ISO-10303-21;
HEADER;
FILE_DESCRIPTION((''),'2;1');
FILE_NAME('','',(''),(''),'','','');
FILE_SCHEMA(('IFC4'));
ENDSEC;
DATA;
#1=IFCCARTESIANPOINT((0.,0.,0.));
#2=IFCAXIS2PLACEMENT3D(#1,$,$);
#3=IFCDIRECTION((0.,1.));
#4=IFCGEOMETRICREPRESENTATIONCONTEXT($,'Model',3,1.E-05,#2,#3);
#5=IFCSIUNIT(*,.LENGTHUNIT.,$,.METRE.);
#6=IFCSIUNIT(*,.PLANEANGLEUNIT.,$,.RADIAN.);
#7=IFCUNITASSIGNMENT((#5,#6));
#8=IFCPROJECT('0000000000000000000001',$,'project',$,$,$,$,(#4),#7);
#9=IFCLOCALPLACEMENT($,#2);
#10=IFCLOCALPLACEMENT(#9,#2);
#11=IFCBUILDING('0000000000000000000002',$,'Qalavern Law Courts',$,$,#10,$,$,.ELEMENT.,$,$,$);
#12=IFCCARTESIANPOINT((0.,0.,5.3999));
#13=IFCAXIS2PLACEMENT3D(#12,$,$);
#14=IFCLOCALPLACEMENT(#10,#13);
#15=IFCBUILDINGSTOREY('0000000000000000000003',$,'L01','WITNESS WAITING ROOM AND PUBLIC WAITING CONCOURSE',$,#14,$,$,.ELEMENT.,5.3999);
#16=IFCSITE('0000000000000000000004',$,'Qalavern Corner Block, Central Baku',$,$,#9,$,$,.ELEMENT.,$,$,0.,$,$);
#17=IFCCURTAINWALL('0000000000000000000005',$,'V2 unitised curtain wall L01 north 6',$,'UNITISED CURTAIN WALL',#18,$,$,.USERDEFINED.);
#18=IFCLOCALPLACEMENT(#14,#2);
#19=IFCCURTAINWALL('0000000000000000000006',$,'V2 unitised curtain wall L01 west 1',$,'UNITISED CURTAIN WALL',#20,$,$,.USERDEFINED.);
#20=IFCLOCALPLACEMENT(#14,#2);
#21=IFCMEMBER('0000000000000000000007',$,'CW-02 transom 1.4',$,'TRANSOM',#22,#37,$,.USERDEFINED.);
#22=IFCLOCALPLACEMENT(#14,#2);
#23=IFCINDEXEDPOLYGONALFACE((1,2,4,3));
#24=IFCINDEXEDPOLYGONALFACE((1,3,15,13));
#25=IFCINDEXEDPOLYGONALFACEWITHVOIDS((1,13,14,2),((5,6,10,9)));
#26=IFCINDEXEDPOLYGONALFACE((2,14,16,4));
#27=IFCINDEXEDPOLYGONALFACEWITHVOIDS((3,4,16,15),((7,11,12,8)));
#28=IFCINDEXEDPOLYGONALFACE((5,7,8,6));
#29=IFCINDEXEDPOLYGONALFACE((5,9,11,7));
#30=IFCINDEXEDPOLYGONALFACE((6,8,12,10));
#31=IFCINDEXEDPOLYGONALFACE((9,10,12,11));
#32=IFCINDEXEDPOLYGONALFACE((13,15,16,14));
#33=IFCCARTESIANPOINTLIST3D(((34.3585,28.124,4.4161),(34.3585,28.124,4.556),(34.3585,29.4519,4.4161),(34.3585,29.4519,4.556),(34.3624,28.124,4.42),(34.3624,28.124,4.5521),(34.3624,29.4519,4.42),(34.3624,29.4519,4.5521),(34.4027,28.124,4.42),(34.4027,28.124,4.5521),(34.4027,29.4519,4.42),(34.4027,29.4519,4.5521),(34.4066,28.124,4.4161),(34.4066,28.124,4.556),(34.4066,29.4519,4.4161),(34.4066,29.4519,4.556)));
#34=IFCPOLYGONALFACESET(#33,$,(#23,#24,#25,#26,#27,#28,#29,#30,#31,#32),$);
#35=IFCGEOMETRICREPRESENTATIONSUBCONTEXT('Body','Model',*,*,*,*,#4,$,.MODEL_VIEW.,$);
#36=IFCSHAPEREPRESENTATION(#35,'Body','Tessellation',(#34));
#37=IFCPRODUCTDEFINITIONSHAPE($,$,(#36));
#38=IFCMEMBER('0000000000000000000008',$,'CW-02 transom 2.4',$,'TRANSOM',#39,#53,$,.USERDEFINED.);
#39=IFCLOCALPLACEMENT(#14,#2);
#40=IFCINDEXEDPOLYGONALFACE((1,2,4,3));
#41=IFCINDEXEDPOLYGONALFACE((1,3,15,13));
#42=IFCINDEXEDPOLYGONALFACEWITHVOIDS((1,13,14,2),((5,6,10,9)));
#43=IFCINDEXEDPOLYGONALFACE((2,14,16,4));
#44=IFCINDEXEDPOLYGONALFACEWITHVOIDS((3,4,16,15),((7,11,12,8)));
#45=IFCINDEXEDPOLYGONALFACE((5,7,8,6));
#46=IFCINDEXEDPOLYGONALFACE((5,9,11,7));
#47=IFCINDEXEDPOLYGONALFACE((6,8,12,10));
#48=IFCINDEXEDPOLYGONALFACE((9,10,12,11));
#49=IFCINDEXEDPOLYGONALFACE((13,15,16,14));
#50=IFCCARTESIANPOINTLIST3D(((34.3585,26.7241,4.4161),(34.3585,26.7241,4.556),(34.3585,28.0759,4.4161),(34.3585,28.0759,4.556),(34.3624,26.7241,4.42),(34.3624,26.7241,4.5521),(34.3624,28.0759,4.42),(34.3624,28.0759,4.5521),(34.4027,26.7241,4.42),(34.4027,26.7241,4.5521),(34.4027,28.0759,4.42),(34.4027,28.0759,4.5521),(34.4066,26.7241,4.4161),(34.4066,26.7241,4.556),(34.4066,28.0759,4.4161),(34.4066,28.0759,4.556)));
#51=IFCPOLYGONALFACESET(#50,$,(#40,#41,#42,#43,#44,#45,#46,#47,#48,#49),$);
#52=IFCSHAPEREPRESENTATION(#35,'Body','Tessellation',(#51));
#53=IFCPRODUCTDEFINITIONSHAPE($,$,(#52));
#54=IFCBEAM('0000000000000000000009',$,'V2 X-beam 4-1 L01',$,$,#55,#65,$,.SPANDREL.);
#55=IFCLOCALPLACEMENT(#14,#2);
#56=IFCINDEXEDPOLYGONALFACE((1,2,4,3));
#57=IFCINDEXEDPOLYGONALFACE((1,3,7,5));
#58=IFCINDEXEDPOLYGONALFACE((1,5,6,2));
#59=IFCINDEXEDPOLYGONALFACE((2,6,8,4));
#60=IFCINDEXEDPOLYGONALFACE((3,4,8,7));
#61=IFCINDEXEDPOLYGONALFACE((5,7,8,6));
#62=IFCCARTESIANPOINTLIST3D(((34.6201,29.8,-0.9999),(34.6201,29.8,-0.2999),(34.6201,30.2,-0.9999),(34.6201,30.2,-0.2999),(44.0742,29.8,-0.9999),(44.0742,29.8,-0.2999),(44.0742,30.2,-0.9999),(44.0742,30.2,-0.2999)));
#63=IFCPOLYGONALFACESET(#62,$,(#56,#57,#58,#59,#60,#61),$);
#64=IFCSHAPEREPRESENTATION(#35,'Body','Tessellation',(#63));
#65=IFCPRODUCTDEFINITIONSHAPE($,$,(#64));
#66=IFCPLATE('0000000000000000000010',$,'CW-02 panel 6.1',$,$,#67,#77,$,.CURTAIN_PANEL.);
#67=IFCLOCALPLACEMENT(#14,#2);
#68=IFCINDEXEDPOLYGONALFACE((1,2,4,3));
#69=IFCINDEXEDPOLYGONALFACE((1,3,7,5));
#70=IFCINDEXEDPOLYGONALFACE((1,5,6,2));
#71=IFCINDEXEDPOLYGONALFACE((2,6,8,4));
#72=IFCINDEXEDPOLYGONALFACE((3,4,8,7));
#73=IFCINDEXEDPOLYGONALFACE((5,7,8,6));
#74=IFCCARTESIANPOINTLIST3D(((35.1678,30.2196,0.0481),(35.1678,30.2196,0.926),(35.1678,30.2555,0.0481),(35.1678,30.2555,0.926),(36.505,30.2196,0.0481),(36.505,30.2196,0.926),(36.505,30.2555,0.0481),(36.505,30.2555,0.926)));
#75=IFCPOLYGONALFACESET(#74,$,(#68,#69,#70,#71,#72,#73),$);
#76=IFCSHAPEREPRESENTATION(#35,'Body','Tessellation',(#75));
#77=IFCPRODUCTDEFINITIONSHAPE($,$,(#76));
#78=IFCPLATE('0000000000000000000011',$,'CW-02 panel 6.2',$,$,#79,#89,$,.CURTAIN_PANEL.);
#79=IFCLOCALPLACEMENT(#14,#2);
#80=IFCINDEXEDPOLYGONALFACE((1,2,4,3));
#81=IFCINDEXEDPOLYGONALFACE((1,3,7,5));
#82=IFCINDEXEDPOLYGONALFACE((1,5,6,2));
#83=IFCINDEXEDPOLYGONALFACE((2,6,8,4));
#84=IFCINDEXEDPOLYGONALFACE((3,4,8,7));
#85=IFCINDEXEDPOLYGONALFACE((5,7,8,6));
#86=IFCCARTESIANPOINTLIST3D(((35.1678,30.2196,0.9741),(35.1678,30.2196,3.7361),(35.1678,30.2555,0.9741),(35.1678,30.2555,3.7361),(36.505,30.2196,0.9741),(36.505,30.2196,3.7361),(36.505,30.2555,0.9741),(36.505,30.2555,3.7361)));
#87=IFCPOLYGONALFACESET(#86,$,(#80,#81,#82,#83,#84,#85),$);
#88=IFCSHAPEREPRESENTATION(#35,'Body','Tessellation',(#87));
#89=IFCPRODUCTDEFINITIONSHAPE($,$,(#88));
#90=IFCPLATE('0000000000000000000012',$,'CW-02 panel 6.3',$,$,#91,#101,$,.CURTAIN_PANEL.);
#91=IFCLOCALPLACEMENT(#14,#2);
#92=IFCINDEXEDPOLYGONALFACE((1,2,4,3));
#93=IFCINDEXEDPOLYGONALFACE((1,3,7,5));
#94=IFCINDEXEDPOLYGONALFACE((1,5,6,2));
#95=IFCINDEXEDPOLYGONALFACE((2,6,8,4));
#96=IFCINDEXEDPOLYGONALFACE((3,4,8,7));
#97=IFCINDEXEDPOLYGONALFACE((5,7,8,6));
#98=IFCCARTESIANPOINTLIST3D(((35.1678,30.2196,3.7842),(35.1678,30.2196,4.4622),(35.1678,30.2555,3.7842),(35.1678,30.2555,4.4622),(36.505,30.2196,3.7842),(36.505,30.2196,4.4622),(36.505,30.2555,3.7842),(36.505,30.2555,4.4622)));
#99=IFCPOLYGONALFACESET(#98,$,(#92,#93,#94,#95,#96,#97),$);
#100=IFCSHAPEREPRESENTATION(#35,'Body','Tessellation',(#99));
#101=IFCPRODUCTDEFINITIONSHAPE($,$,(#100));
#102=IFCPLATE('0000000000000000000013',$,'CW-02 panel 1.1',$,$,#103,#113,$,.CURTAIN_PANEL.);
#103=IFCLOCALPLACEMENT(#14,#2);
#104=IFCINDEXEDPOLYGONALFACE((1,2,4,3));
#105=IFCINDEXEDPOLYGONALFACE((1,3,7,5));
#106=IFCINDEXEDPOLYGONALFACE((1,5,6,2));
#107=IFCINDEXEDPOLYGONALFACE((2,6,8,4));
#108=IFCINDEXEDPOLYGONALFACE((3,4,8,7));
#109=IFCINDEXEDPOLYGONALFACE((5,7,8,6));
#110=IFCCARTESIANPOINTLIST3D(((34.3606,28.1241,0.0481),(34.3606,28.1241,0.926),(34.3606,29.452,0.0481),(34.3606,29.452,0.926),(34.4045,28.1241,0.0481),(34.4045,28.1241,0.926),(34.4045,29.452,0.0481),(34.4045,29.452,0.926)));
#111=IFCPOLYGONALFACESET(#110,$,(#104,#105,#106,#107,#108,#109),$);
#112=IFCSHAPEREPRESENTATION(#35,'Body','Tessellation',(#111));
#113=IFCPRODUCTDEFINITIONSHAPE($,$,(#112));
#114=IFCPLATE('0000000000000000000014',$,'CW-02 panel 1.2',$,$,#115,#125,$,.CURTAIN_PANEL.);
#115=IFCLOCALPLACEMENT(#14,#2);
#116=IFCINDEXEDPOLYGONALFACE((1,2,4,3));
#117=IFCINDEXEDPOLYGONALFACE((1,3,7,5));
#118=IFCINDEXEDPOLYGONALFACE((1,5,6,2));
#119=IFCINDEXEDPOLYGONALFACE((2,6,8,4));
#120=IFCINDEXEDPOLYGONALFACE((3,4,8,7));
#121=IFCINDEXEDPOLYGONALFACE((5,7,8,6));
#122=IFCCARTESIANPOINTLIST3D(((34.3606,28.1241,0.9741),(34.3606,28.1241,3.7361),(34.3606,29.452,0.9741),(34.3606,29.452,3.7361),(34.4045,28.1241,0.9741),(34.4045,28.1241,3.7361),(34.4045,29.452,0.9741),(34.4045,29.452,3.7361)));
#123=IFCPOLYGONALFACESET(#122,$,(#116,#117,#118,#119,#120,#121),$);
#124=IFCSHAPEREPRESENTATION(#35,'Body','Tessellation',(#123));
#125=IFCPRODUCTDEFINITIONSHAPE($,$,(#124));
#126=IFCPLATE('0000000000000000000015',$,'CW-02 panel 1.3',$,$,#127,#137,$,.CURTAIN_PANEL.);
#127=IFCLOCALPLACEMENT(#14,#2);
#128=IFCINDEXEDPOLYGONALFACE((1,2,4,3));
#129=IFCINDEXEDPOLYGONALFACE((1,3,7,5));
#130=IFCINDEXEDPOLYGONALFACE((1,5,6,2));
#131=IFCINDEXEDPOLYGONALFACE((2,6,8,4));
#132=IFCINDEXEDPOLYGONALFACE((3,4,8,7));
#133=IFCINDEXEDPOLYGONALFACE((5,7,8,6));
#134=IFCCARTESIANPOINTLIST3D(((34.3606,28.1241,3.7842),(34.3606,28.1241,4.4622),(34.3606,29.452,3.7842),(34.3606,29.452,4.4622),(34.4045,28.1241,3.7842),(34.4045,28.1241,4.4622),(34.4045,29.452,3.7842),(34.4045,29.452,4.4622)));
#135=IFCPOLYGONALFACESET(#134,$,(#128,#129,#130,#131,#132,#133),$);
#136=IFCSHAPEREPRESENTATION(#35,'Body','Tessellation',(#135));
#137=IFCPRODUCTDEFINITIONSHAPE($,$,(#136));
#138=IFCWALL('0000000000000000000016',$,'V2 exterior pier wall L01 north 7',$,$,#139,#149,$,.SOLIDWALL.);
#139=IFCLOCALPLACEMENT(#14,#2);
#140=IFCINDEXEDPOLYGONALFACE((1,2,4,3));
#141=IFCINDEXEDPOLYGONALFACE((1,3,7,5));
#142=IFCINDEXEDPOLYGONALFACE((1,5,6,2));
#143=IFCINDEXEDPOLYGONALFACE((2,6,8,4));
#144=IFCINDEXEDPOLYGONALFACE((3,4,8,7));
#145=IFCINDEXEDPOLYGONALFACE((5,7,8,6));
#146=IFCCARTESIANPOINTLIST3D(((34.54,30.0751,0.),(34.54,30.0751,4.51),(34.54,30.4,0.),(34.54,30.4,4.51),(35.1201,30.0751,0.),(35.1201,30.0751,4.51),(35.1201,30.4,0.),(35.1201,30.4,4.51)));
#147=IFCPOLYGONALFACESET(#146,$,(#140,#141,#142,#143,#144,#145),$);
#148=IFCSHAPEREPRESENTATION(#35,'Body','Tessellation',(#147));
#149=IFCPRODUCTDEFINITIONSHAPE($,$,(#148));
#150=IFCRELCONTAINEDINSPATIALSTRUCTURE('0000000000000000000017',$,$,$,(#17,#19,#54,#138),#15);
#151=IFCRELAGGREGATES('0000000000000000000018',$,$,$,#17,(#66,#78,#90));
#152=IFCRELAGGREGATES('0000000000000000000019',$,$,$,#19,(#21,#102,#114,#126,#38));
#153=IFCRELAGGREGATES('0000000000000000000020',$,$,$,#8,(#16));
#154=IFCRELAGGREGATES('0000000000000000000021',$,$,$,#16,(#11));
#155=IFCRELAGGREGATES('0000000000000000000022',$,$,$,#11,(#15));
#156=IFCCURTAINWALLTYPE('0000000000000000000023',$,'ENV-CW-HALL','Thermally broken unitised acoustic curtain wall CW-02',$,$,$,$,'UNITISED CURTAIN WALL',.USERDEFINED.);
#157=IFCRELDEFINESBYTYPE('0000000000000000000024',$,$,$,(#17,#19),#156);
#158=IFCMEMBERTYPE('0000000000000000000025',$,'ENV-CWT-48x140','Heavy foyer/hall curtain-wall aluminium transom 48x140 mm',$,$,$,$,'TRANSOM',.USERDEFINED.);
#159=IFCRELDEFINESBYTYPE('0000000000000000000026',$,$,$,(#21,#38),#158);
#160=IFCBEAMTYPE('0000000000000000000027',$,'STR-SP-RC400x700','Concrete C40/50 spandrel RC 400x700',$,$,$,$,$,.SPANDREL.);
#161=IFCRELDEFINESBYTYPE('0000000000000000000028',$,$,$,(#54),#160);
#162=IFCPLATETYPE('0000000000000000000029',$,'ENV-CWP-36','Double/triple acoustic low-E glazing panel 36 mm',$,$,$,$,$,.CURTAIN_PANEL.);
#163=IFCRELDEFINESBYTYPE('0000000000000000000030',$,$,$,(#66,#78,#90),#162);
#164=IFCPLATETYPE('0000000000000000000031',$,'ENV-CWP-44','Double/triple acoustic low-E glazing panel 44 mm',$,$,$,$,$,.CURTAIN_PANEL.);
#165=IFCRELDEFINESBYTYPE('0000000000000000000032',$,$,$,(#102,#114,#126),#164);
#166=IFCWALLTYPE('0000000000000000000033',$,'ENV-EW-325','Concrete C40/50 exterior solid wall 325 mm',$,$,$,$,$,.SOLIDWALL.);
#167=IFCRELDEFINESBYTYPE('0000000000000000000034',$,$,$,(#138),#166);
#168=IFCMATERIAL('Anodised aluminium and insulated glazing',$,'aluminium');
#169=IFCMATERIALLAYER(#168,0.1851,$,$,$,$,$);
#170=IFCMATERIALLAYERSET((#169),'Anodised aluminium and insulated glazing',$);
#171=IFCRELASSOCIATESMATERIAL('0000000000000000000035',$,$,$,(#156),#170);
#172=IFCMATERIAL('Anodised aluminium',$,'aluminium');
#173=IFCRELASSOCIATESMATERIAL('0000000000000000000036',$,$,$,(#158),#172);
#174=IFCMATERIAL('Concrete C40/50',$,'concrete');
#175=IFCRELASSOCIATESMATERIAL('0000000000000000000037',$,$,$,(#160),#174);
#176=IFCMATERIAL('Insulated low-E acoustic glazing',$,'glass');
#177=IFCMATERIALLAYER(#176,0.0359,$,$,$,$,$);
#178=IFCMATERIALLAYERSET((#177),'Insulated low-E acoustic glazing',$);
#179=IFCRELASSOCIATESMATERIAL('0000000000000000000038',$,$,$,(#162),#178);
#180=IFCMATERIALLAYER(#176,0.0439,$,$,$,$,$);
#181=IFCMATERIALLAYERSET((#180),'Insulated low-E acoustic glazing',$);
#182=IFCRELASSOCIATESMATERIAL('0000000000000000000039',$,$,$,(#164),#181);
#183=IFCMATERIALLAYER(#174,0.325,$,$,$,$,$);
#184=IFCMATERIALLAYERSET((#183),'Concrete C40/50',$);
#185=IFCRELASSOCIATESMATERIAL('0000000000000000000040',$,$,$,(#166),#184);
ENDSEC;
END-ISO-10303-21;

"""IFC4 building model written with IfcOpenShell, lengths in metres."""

from ifc_helpers import new_model, si_unit, direction, frame, frame_2d, origin, origin_2d, place, context, subcontext, project, spatial, rectangle, hollow_rectangle, extrude, material, layer, layer_set, material_profile, profile_set, type_object, element, aggregate, save


model = new_model("IFC4")

# Units and contexts
model_context = context("Model", 3, precision=1e-05, world=origin(), true_north=direction((0.0, 1.0)))
body_context = subcontext(model_context, "Body", "Model", "MODEL_VIEW")
ifc_project = project(units=[si_unit("LENGTHUNIT", "METRE"), si_unit("PLANEANGLEUNIT", "RADIAN")], contexts=[model_context])

# Site, building, storey
site_placement = place(None, origin())
site = spatial("IfcSite", under=ifc_project, at=site_placement, Name="Qalavern Corner Block, Central Baku", CompositionType="ELEMENT", RefElevation=0.0)
building_placement = place(site_placement, origin())
building = spatial("IfcBuilding", under=site, at=building_placement, Name="Qalavern Law Courts", CompositionType="ELEMENT")
storey_placement = place(building_placement, frame((0.0, 0.0, 5.3999)))
storey = spatial("IfcBuildingStorey", under=building, at=storey_placement, Name="L01", Description="WITNESS WAITING ROOM AND PUBLIC WAITING CONCOURSE", CompositionType="ELEMENT", Elevation=5.3999)

# Curtain wall
ifc_material_1 = material(Name="Anodised aluminium and insulated glazing", Category="aluminium")
ifc_layer_1 = layer(ifc_material_1, 0.1851)
ifc_layer_set_1 = layer_set([ifc_layer_1], Name="Anodised aluminium and insulated glazing")
curtain_wall_type = type_object("IfcCurtainWallType", Name="ENV-CW-HALL", Description="Thermally broken unitised acoustic curtain wall CW-02", ElementType="UNITISED CURTAIN WALL", PredefinedType="USERDEFINED", material=ifc_layer_set_1)
curtain_wall_1_placement = place(storey_placement, origin())
curtain_wall_1 = element("IfcCurtainWall", 1, at=curtain_wall_1_placement, inside=storey, type_object=curtain_wall_type, Name="V2 unitised curtain wall L01 north 6", ObjectType="UNITISED CURTAIN WALL", PredefinedType="USERDEFINED")
ifc_material_2 = material(Name="Anodised aluminium", Category="aluminium")

# Curtain wall
curtain_wall_2_placement = place(storey_placement, origin())
curtain_wall_2 = element("IfcCurtainWall", 2, at=curtain_wall_2_placement, inside=storey, type_object=curtain_wall_type, Name="V2 unitised curtain wall L01 west 1", ObjectType="UNITISED CURTAIN WALL", PredefinedType="USERDEFINED")

# Members
ifc_material_profile_1 = material_profile(ifc_material_2, hollow_rectangle(XDim=0.0481, YDim=0.1399, WallThickness=0.0039, at=origin_2d()), Name="ALU TRANSOM 48x140")
ifc_profile_set_1 = profile_set([ifc_material_profile_1], Name="Anodised aluminium")
member_type_1 = type_object("IfcMemberType", Name="ENV-CWT-48x140", Description="Heavy foyer/hall curtain-wall aluminium transom 48x140 mm", ElementType="TRANSOM", PredefinedType="USERDEFINED", material=ifc_profile_set_1)
member_1_placement = place(storey_placement, frame((34.3826, 29.4519, 4.4861), z_axis=(0.0, -1.0, 0.0), x_axis=(1.0, 0.0, 0.0)))
member_1 = element("IfcMember", 3, at=member_1_placement, type_object=member_type_1, Name="CW-02 transom 1.4", ObjectType="TRANSOM", PredefinedType="USERDEFINED", context=body_context, shape_type="SweptSolid", body=[
    extrude(hollow_rectangle(XDim=0.0481, YDim=0.1399, WallThickness=0.0039, at=origin_2d()), origin(), (0.0, 0.0, 1.0), 1.3279),
])
member_2_placement = place(storey_placement, frame((34.3826, 28.0759, 4.4861), z_axis=(0.0, -1.0, 0.0), x_axis=(1.0, 0.0, 0.0)))
member_2 = element("IfcMember", 4, at=member_2_placement, type_object=member_type_1, Name="CW-02 transom 2.4", ObjectType="TRANSOM", PredefinedType="USERDEFINED", context=body_context, shape_type="SweptSolid", body=[
    extrude(hollow_rectangle(XDim=0.0481, YDim=0.1399, WallThickness=0.0039, at=origin_2d()), origin(), (0.0, 0.0, 1.0), 1.3518),
])

# Beam
ifc_material_3 = material(Name="Concrete C40/50", Category="concrete")
ifc_material_profile_2 = material_profile(ifc_material_3, rectangle(XDim=0.3999, YDim=0.7, at=origin_2d()), Name="RC 400x700")
ifc_profile_set_2 = profile_set([ifc_material_profile_2], Name="Concrete C40/50")
beam_type = type_object("IfcBeamType", Name="STR-SP-RC400x700", Description="Concrete C40/50 spandrel RC 400x700", PredefinedType="SPANDREL", material=ifc_profile_set_2)
beam_placement = place(storey_placement, frame((34.6201, 30.0, -0.6499), z_axis=(1.0, 0.0, 0.0), x_axis=(0.0, 1.0, 0.0)))
element("IfcBeam", 5, at=beam_placement, inside=storey, type_object=beam_type, Name="V2 X-beam 4-1 L01", PredefinedType="SPANDREL", context=body_context, shape_type="SweptSolid", body=[
    extrude(rectangle(XDim=0.3999, YDim=0.7, at=origin_2d()), origin(), (0.0, 0.0, 1.0), 9.4541),
])

# Plates
ifc_material_4 = material(Name="Insulated low-E acoustic glazing", Category="glass")
ifc_layer_2 = layer(ifc_material_4, 0.0359)
ifc_layer_set_2 = layer_set([ifc_layer_2], Name="Insulated low-E acoustic glazing")
plate_type_1 = type_object("IfcPlateType", Name="ENV-CWP-36", Description="Double/triple acoustic low-E glazing panel 36 mm", PredefinedType="CURTAIN_PANEL", material=ifc_layer_set_2)
plate_1_placement = place(storey_placement, frame((35.8364, 30.2375, 0.0481), z_axis=(0.0, 0.0, 1.0), x_axis=(-1.0, 0.0, 0.0)))
plate_1 = element("IfcPlate", 6, at=plate_1_placement, type_object=plate_type_1, Name="CW-02 panel 6.1", PredefinedType="CURTAIN_PANEL", context=body_context, shape_type="SweptSolid", body=[
    extrude(rectangle(XDim=1.3372, YDim=0.0359, at=origin_2d()), origin(), (0.0, 0.0, 1.0), 0.8779),
])
plate_2_placement = place(storey_placement, frame((35.8364, 30.2375, 0.9741), z_axis=(0.0, 0.0, 1.0), x_axis=(-1.0, 0.0, 0.0)))
plate_2 = element("IfcPlate", 7, at=plate_2_placement, type_object=plate_type_1, Name="CW-02 panel 6.2", PredefinedType="CURTAIN_PANEL", context=body_context, shape_type="SweptSolid", body=[
    extrude(rectangle(XDim=1.3372, YDim=0.0359, at=origin_2d()), origin(), (0.0, 0.0, 1.0), 2.762),
])
plate_3_placement = place(storey_placement, frame((35.8364, 30.2375, 3.7842), z_axis=(0.0, 0.0, 1.0), x_axis=(-1.0, 0.0, 0.0)))
plate_3 = element("IfcPlate", 8, at=plate_3_placement, type_object=plate_type_1, Name="CW-02 panel 6.3", PredefinedType="CURTAIN_PANEL", context=body_context, shape_type="SweptSolid", body=[
    extrude(rectangle(XDim=1.3372, YDim=0.0359, at=origin_2d()), origin(), (0.0, 0.0, 1.0), 0.678),
])
aggregate(curtain_wall_1, [plate_1, plate_2, plate_3])
ifc_layer_3 = layer(ifc_material_4, 0.0439)
ifc_layer_set_3 = layer_set([ifc_layer_3], Name="Insulated low-E acoustic glazing")
plate_type_2 = type_object("IfcPlateType", Name="ENV-CWP-44", Description="Double/triple acoustic low-E glazing panel 44 mm", PredefinedType="CURTAIN_PANEL", material=ifc_layer_set_3)
plate_4_placement = place(storey_placement, frame((34.3826, 28.7881, 0.0481), z_axis=(0.0, 0.0, 1.0), x_axis=(0.0, -1.0, 0.0)))
plate_4 = element("IfcPlate", 9, at=plate_4_placement, type_object=plate_type_2, Name="CW-02 panel 1.1", PredefinedType="CURTAIN_PANEL", context=body_context, shape_type="SweptSolid", body=[
    extrude(rectangle(XDim=1.3279, YDim=0.0439, at=origin_2d()), origin(), (0.0, 0.0, 1.0), 0.8779),
])
plate_5_placement = place(storey_placement, frame((34.3826, 28.7881, 0.9741), z_axis=(0.0, 0.0, 1.0), x_axis=(0.0, -1.0, 0.0)))
plate_5 = element("IfcPlate", 10, at=plate_5_placement, type_object=plate_type_2, Name="CW-02 panel 1.2", PredefinedType="CURTAIN_PANEL", context=body_context, shape_type="SweptSolid", body=[
    extrude(rectangle(XDim=1.3279, YDim=0.0439, at=origin_2d()), origin(), (0.0, 0.0, 1.0), 2.762),
])
plate_6_placement = place(storey_placement, frame((34.3826, 28.7881, 3.7842), z_axis=(0.0, 0.0, 1.0), x_axis=(0.0, -1.0, 0.0)))
plate_6 = element("IfcPlate", 11, at=plate_6_placement, type_object=plate_type_2, Name="CW-02 panel 1.3", PredefinedType="CURTAIN_PANEL", context=body_context, shape_type="SweptSolid", body=[
    extrude(rectangle(XDim=1.3279, YDim=0.0439, at=origin_2d()), origin(), (0.0, 0.0, 1.0), 0.678),
])
aggregate(curtain_wall_2, [member_1, plate_4, plate_5, plate_6, member_2])

# Wall
ifc_layer_4 = layer(ifc_material_3, 0.325)
ifc_layer_set_4 = layer_set([ifc_layer_4], Name="Concrete C40/50")
wall_type = type_object("IfcWallType", Name="ENV-EW-325", Description="Concrete C40/50 exterior solid wall 325 mm", PredefinedType="SOLIDWALL", material=ifc_layer_set_4)
wall_placement = place(storey_placement, frame((35.1201, 30.2375, 0.0), z_axis=(0.0, 0.0, 1.0), x_axis=(-1.0, 0.0, 0.0)))
element("IfcWall", 12, at=wall_placement, inside=storey, type_object=wall_type, Name="V2 exterior pier wall L01 north 7", PredefinedType="SOLIDWALL", context=body_context, shape_type="SweptSolid", body=[
    extrude(rectangle(XDim=0.5801, YDim=0.325, at=frame_2d((0.29, 0.0))), origin(), (0.0, 0.0, 1.0), 4.51),
])

save(model, "model.ifc")
